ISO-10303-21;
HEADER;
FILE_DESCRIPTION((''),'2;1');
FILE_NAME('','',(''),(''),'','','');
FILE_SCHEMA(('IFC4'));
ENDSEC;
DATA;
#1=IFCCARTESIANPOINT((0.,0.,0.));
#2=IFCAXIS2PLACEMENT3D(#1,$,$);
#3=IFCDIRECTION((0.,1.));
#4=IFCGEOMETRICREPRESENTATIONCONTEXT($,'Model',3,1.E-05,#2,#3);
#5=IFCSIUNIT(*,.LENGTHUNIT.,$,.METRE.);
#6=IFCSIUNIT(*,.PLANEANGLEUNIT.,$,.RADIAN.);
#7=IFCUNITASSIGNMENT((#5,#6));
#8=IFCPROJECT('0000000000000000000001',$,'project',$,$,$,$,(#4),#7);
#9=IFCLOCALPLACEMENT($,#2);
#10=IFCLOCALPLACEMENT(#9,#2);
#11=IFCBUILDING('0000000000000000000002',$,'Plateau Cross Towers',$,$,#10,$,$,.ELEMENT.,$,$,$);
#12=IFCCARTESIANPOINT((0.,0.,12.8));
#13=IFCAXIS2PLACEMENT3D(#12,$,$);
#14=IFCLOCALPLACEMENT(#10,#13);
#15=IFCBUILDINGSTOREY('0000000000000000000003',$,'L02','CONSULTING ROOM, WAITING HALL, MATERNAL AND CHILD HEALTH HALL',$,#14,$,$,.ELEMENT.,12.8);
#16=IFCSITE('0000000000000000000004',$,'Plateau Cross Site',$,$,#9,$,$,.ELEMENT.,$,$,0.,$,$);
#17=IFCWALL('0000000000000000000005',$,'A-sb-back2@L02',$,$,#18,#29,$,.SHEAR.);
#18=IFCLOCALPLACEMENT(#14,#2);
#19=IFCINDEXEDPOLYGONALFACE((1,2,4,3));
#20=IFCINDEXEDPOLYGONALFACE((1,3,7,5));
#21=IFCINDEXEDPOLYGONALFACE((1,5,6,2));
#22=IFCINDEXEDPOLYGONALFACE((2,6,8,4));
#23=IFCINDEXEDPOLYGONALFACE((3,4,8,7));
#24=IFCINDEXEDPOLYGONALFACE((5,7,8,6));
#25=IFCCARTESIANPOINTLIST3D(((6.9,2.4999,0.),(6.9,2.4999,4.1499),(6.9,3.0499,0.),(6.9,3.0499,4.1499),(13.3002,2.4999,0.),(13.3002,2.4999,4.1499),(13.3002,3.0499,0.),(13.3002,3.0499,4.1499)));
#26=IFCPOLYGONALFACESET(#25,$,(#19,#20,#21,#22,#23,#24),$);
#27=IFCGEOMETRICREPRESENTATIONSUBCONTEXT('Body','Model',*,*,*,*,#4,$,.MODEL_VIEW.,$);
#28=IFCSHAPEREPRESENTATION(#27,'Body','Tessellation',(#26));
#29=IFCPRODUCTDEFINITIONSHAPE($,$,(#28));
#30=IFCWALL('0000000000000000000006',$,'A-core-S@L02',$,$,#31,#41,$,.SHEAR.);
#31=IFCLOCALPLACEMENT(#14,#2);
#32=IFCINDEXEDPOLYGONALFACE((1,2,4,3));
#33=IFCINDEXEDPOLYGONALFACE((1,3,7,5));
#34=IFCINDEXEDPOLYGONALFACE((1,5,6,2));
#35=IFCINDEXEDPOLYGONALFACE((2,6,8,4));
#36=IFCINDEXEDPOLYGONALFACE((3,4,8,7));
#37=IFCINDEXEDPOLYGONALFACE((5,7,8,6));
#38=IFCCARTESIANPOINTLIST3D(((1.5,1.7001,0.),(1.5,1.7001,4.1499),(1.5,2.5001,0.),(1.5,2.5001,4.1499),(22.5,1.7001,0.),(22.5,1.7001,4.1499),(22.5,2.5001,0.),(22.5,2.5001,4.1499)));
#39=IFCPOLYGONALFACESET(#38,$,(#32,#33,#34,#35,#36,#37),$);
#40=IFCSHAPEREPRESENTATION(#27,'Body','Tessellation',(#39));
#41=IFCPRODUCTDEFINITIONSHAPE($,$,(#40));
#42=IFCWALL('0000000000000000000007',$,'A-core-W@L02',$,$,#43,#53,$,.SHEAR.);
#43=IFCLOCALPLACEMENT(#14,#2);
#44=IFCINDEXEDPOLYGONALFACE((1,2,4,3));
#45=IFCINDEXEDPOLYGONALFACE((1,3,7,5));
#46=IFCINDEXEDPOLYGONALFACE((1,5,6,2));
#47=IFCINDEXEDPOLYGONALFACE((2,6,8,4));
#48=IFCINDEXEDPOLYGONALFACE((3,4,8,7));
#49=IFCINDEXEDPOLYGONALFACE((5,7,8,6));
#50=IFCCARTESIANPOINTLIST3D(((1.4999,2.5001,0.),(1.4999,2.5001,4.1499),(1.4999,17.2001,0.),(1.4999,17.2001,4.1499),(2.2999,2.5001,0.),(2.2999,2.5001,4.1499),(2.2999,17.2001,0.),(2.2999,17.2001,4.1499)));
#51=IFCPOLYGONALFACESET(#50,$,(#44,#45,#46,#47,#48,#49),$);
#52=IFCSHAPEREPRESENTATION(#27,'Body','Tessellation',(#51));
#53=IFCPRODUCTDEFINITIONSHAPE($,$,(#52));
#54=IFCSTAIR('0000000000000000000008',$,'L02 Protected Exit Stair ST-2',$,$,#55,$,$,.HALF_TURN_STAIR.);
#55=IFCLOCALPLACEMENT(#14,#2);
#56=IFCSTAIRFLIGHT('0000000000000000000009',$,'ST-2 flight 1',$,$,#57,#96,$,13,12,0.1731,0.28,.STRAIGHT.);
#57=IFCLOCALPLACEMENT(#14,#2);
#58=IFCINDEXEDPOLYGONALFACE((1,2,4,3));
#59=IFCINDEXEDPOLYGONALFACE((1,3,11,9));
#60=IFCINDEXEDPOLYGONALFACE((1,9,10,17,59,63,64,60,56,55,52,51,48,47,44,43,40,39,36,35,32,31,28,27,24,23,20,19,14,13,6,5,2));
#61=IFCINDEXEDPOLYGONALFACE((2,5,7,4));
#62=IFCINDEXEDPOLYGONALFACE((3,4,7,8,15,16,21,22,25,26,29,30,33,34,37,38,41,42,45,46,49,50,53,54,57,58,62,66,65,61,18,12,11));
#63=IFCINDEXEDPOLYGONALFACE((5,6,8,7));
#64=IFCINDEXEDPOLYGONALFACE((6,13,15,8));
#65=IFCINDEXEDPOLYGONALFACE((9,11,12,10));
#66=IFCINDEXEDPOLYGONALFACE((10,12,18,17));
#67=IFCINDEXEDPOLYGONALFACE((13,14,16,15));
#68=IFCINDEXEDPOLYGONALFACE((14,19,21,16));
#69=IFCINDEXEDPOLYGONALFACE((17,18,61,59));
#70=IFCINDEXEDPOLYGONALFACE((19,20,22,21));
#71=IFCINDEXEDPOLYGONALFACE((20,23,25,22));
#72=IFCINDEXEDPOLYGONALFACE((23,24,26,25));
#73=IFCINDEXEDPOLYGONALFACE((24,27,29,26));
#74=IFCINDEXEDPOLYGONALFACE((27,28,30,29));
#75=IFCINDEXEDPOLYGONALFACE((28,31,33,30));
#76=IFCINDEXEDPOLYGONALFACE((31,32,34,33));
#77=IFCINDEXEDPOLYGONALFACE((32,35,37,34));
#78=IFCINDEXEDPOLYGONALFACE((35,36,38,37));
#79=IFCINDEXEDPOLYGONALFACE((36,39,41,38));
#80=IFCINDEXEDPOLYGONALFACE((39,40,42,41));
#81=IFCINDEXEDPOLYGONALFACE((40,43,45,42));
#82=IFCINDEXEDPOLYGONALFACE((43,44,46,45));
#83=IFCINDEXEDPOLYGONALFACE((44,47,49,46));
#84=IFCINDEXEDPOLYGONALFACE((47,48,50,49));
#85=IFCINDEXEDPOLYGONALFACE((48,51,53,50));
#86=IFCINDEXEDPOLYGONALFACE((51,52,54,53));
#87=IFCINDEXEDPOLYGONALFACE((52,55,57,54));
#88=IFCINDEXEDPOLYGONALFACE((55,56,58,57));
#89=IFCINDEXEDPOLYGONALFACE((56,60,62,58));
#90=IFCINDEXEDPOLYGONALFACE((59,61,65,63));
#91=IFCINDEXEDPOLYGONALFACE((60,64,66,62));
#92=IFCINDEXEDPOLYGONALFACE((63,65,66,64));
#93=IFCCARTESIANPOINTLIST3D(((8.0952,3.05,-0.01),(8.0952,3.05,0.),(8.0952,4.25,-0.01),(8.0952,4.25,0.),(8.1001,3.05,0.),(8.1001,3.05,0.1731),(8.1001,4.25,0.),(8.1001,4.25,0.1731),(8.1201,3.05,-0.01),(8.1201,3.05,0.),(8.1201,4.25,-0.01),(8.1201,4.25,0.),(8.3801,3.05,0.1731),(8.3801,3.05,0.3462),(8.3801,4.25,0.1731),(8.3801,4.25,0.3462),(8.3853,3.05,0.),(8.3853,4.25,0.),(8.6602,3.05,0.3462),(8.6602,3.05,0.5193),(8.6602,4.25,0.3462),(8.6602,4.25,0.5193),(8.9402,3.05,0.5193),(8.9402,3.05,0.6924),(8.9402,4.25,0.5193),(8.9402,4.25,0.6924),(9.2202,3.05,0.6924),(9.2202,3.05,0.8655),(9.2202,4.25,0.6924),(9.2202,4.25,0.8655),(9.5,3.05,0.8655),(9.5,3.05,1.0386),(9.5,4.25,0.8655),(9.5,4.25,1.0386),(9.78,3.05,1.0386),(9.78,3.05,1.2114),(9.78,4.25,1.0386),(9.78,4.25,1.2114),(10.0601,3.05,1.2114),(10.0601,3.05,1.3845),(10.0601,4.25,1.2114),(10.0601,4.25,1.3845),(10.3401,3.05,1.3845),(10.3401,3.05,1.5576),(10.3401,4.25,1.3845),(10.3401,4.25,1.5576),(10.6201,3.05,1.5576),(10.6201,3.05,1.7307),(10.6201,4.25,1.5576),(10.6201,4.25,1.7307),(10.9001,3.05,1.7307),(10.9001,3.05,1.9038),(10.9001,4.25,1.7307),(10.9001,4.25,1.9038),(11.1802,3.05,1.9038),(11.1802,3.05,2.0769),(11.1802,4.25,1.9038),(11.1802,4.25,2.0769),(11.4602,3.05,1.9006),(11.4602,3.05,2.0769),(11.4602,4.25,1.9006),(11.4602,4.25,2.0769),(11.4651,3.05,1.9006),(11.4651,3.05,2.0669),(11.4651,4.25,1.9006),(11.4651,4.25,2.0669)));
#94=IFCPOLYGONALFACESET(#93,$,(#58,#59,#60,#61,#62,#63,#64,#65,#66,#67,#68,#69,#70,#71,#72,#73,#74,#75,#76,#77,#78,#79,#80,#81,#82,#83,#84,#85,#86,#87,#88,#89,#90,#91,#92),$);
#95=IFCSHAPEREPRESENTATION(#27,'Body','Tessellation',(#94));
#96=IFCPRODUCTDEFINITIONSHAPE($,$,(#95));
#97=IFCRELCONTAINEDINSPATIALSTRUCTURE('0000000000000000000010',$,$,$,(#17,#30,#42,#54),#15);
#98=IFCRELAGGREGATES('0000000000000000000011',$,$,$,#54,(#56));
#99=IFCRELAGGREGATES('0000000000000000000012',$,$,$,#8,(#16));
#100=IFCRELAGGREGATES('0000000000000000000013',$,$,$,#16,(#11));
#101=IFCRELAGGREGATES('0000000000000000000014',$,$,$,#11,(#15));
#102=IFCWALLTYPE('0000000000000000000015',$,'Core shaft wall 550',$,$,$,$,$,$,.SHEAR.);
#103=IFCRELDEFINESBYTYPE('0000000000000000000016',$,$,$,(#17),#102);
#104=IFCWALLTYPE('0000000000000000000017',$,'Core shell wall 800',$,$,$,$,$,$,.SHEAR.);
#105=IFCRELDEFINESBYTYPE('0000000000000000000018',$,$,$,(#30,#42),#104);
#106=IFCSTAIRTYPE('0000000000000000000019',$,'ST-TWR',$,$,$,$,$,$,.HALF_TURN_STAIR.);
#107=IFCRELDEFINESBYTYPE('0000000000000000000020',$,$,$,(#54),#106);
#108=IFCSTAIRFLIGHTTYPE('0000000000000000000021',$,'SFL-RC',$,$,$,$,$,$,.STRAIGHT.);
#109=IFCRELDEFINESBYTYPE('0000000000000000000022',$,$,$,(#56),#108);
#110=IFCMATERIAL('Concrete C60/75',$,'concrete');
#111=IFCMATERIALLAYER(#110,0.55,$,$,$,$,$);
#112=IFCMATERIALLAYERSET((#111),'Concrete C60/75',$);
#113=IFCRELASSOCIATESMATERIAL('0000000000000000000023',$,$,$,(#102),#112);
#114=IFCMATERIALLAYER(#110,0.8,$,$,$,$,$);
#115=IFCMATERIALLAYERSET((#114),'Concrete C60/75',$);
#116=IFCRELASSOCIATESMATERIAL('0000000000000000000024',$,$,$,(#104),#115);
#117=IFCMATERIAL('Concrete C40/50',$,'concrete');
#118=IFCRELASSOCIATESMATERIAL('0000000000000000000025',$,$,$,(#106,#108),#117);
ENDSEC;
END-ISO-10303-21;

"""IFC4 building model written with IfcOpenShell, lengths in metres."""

from ifc_helpers import new_model, si_unit, direction, frame, frame_2d, origin, place, context, subcontext, project, spatial, polyline, rectangle, outline, extrude, material, layer, layer_set, type_object, element, aggregate, save


model = new_model("IFC4")

# Units and contexts
model_context = context("Model", 3, precision=1e-05, world=origin(), true_north=direction((0.0, 1.0)))
body_context = subcontext(model_context, "Body", "Model", "MODEL_VIEW")
ifc_project = project(units=[si_unit("LENGTHUNIT", "METRE"), si_unit("PLANEANGLEUNIT", "RADIAN")], contexts=[model_context])

# Site, building, storey
site_placement = place(None, origin())
site = spatial("IfcSite", under=ifc_project, at=site_placement, Name="Plateau Cross Site", CompositionType="ELEMENT", RefElevation=0.0)
building_placement = place(site_placement, origin())
building = spatial("IfcBuilding", under=site, at=building_placement, Name="Plateau Cross Towers", CompositionType="ELEMENT")
storey_placement = place(building_placement, frame((0.0, 0.0, 12.8)))
storey = spatial("IfcBuildingStorey", under=building, at=storey_placement, Name="L02", Description="CONSULTING ROOM, WAITING HALL, MATERNAL AND CHILD HEALTH HALL", CompositionType="ELEMENT", Elevation=12.8)

# Shared definitions
ifc_material_1 = material(Name="Concrete C40/50", Category="concrete")

# Shared definitions
ifc_material_2 = material(Name="Concrete C60/75", Category="concrete")

# Walls
ifc_layer_1 = layer(ifc_material_2, 0.55)
ifc_layer_set_1 = layer_set([ifc_layer_1], Name="Concrete C60/75")
wall_type_1 = type_object("IfcWallType", Name="Core shaft wall 550", PredefinedType="SHEAR", material=ifc_layer_set_1)
wall_1_placement = place(storey_placement, frame((6.8999, 2.7749, 0.0), z_axis=(0.0, 0.0, 1.0), x_axis=(1.0, 0.0, 0.0)))
element("IfcWall", 1, at=wall_1_placement, inside=storey, type_object=wall_type_1, Name="A-sb-back2@L02", PredefinedType="SHEAR", context=body_context, shape_type="SweptSolid", body=[
    extrude(rectangle(XDim=6.4001, YDim=0.55, at=frame_2d((3.2002, 0.0))), origin(), (0.0, 0.0, 1.0), 4.1499),
])
ifc_layer_2 = layer(ifc_material_2, 0.8)
ifc_layer_set_2 = layer_set([ifc_layer_2], Name="Concrete C60/75")
wall_type_2 = type_object("IfcWallType", Name="Core shell wall 800", PredefinedType="SHEAR", material=ifc_layer_set_2)
wall_2_placement = place(storey_placement, frame((1.5, 2.1001, 0.0), z_axis=(0.0, 0.0, 1.0), x_axis=(1.0, 0.0, 0.0)))
element("IfcWall", 2, at=wall_2_placement, inside=storey, type_object=wall_type_2, Name="A-core-S@L02", PredefinedType="SHEAR", context=body_context, shape_type="SweptSolid", body=[
    extrude(rectangle(XDim=21.0, YDim=0.8, at=frame_2d((10.5, 0.0))), origin(), (0.0, 0.0, 1.0), 4.1499),
])
wall_3_placement = place(storey_placement, frame((1.8999, 2.5, 0.0), z_axis=(0.0, 0.0, 1.0), x_axis=(0.0, 1.0, 0.0)))
element("IfcWall", 3, at=wall_3_placement, inside=storey, type_object=wall_type_2, Name="A-core-W@L02", PredefinedType="SHEAR", context=body_context, shape_type="SweptSolid", body=[
    extrude(rectangle(XDim=14.7, YDim=0.8, at=frame_2d((7.3501, 0.0))), origin(), (0.0, 0.0, 1.0), 4.1499),
])

# Stair, stair flight
stair_type_1 = type_object("IfcStairType", Name="ST-TWR", PredefinedType="HALF_TURN_STAIR", material=ifc_material_1)
stair_1_placement = place(storey_placement, origin())
stair_1 = element("IfcStair", 4, at=stair_1_placement, inside=storey, type_object=stair_type_1, Name="L02 Protected Exit Stair ST-2", PredefinedType="HALF_TURN_STAIR")
stair_flight_type = type_object("IfcStairFlightType", Name="SFL-RC", PredefinedType="STRAIGHT", material=ifc_material_1)
stair_flight_placement = place(storey_placement, frame((8.1001, 3.6499, 0.0), z_axis=(0.0, 0.0, 1.0), x_axis=(1.0, 0.0, 0.0)))
stair_flight = element("IfcStairFlight", 5, at=stair_flight_placement, type_object=stair_flight_type, Name="ST-2 flight 1", NumberOfRisers=13, NumberOfTreads=12, PredefinedType="STRAIGHT", RiserHeight=0.1731, TreadLength=0.28, context=body_context, shape_type="SweptSolid", body=[
    extrude(outline(polyline([(-0.0049, -0.01), (-0.0049, 0.0), (0.0, 0.0), (0.0, 0.1731), (0.28, 0.1731), (0.28, 0.3462), (0.5601, 0.3462), (0.5601, 0.5193), (0.8401, 0.5193), (0.8401, 0.6924), (1.1201, 0.6924), (1.1201, 0.8655), (1.3999, 0.8655), (1.3999, 1.0386), (1.6799, 1.0386), (1.6799, 1.2114), (1.96, 1.2114), (1.96, 1.3845), (2.24, 1.3845), (2.24, 1.5576), (2.52, 1.5576), (2.52, 1.7307), (2.8, 1.7307), (2.8, 1.9038), (3.0801, 1.9038), (3.0801, 2.0769), (3.3601, 2.0769), (3.365, 2.0669), (3.365, 1.9006), (3.3601, 1.9006), (0.2852, 0.0), (0.02, 0.0), (0.02, -0.01), (-0.0049, -0.01)])), frame((0.0, 0.6001, 0.0), z_axis=(0.0, -1.0, 0.0), x_axis=(1.0, 0.0, 0.0)), (0.0, 0.0, 1.0), 1.2),
])
aggregate(stair_1, [stair_flight])

save(model, "model.ifc")
